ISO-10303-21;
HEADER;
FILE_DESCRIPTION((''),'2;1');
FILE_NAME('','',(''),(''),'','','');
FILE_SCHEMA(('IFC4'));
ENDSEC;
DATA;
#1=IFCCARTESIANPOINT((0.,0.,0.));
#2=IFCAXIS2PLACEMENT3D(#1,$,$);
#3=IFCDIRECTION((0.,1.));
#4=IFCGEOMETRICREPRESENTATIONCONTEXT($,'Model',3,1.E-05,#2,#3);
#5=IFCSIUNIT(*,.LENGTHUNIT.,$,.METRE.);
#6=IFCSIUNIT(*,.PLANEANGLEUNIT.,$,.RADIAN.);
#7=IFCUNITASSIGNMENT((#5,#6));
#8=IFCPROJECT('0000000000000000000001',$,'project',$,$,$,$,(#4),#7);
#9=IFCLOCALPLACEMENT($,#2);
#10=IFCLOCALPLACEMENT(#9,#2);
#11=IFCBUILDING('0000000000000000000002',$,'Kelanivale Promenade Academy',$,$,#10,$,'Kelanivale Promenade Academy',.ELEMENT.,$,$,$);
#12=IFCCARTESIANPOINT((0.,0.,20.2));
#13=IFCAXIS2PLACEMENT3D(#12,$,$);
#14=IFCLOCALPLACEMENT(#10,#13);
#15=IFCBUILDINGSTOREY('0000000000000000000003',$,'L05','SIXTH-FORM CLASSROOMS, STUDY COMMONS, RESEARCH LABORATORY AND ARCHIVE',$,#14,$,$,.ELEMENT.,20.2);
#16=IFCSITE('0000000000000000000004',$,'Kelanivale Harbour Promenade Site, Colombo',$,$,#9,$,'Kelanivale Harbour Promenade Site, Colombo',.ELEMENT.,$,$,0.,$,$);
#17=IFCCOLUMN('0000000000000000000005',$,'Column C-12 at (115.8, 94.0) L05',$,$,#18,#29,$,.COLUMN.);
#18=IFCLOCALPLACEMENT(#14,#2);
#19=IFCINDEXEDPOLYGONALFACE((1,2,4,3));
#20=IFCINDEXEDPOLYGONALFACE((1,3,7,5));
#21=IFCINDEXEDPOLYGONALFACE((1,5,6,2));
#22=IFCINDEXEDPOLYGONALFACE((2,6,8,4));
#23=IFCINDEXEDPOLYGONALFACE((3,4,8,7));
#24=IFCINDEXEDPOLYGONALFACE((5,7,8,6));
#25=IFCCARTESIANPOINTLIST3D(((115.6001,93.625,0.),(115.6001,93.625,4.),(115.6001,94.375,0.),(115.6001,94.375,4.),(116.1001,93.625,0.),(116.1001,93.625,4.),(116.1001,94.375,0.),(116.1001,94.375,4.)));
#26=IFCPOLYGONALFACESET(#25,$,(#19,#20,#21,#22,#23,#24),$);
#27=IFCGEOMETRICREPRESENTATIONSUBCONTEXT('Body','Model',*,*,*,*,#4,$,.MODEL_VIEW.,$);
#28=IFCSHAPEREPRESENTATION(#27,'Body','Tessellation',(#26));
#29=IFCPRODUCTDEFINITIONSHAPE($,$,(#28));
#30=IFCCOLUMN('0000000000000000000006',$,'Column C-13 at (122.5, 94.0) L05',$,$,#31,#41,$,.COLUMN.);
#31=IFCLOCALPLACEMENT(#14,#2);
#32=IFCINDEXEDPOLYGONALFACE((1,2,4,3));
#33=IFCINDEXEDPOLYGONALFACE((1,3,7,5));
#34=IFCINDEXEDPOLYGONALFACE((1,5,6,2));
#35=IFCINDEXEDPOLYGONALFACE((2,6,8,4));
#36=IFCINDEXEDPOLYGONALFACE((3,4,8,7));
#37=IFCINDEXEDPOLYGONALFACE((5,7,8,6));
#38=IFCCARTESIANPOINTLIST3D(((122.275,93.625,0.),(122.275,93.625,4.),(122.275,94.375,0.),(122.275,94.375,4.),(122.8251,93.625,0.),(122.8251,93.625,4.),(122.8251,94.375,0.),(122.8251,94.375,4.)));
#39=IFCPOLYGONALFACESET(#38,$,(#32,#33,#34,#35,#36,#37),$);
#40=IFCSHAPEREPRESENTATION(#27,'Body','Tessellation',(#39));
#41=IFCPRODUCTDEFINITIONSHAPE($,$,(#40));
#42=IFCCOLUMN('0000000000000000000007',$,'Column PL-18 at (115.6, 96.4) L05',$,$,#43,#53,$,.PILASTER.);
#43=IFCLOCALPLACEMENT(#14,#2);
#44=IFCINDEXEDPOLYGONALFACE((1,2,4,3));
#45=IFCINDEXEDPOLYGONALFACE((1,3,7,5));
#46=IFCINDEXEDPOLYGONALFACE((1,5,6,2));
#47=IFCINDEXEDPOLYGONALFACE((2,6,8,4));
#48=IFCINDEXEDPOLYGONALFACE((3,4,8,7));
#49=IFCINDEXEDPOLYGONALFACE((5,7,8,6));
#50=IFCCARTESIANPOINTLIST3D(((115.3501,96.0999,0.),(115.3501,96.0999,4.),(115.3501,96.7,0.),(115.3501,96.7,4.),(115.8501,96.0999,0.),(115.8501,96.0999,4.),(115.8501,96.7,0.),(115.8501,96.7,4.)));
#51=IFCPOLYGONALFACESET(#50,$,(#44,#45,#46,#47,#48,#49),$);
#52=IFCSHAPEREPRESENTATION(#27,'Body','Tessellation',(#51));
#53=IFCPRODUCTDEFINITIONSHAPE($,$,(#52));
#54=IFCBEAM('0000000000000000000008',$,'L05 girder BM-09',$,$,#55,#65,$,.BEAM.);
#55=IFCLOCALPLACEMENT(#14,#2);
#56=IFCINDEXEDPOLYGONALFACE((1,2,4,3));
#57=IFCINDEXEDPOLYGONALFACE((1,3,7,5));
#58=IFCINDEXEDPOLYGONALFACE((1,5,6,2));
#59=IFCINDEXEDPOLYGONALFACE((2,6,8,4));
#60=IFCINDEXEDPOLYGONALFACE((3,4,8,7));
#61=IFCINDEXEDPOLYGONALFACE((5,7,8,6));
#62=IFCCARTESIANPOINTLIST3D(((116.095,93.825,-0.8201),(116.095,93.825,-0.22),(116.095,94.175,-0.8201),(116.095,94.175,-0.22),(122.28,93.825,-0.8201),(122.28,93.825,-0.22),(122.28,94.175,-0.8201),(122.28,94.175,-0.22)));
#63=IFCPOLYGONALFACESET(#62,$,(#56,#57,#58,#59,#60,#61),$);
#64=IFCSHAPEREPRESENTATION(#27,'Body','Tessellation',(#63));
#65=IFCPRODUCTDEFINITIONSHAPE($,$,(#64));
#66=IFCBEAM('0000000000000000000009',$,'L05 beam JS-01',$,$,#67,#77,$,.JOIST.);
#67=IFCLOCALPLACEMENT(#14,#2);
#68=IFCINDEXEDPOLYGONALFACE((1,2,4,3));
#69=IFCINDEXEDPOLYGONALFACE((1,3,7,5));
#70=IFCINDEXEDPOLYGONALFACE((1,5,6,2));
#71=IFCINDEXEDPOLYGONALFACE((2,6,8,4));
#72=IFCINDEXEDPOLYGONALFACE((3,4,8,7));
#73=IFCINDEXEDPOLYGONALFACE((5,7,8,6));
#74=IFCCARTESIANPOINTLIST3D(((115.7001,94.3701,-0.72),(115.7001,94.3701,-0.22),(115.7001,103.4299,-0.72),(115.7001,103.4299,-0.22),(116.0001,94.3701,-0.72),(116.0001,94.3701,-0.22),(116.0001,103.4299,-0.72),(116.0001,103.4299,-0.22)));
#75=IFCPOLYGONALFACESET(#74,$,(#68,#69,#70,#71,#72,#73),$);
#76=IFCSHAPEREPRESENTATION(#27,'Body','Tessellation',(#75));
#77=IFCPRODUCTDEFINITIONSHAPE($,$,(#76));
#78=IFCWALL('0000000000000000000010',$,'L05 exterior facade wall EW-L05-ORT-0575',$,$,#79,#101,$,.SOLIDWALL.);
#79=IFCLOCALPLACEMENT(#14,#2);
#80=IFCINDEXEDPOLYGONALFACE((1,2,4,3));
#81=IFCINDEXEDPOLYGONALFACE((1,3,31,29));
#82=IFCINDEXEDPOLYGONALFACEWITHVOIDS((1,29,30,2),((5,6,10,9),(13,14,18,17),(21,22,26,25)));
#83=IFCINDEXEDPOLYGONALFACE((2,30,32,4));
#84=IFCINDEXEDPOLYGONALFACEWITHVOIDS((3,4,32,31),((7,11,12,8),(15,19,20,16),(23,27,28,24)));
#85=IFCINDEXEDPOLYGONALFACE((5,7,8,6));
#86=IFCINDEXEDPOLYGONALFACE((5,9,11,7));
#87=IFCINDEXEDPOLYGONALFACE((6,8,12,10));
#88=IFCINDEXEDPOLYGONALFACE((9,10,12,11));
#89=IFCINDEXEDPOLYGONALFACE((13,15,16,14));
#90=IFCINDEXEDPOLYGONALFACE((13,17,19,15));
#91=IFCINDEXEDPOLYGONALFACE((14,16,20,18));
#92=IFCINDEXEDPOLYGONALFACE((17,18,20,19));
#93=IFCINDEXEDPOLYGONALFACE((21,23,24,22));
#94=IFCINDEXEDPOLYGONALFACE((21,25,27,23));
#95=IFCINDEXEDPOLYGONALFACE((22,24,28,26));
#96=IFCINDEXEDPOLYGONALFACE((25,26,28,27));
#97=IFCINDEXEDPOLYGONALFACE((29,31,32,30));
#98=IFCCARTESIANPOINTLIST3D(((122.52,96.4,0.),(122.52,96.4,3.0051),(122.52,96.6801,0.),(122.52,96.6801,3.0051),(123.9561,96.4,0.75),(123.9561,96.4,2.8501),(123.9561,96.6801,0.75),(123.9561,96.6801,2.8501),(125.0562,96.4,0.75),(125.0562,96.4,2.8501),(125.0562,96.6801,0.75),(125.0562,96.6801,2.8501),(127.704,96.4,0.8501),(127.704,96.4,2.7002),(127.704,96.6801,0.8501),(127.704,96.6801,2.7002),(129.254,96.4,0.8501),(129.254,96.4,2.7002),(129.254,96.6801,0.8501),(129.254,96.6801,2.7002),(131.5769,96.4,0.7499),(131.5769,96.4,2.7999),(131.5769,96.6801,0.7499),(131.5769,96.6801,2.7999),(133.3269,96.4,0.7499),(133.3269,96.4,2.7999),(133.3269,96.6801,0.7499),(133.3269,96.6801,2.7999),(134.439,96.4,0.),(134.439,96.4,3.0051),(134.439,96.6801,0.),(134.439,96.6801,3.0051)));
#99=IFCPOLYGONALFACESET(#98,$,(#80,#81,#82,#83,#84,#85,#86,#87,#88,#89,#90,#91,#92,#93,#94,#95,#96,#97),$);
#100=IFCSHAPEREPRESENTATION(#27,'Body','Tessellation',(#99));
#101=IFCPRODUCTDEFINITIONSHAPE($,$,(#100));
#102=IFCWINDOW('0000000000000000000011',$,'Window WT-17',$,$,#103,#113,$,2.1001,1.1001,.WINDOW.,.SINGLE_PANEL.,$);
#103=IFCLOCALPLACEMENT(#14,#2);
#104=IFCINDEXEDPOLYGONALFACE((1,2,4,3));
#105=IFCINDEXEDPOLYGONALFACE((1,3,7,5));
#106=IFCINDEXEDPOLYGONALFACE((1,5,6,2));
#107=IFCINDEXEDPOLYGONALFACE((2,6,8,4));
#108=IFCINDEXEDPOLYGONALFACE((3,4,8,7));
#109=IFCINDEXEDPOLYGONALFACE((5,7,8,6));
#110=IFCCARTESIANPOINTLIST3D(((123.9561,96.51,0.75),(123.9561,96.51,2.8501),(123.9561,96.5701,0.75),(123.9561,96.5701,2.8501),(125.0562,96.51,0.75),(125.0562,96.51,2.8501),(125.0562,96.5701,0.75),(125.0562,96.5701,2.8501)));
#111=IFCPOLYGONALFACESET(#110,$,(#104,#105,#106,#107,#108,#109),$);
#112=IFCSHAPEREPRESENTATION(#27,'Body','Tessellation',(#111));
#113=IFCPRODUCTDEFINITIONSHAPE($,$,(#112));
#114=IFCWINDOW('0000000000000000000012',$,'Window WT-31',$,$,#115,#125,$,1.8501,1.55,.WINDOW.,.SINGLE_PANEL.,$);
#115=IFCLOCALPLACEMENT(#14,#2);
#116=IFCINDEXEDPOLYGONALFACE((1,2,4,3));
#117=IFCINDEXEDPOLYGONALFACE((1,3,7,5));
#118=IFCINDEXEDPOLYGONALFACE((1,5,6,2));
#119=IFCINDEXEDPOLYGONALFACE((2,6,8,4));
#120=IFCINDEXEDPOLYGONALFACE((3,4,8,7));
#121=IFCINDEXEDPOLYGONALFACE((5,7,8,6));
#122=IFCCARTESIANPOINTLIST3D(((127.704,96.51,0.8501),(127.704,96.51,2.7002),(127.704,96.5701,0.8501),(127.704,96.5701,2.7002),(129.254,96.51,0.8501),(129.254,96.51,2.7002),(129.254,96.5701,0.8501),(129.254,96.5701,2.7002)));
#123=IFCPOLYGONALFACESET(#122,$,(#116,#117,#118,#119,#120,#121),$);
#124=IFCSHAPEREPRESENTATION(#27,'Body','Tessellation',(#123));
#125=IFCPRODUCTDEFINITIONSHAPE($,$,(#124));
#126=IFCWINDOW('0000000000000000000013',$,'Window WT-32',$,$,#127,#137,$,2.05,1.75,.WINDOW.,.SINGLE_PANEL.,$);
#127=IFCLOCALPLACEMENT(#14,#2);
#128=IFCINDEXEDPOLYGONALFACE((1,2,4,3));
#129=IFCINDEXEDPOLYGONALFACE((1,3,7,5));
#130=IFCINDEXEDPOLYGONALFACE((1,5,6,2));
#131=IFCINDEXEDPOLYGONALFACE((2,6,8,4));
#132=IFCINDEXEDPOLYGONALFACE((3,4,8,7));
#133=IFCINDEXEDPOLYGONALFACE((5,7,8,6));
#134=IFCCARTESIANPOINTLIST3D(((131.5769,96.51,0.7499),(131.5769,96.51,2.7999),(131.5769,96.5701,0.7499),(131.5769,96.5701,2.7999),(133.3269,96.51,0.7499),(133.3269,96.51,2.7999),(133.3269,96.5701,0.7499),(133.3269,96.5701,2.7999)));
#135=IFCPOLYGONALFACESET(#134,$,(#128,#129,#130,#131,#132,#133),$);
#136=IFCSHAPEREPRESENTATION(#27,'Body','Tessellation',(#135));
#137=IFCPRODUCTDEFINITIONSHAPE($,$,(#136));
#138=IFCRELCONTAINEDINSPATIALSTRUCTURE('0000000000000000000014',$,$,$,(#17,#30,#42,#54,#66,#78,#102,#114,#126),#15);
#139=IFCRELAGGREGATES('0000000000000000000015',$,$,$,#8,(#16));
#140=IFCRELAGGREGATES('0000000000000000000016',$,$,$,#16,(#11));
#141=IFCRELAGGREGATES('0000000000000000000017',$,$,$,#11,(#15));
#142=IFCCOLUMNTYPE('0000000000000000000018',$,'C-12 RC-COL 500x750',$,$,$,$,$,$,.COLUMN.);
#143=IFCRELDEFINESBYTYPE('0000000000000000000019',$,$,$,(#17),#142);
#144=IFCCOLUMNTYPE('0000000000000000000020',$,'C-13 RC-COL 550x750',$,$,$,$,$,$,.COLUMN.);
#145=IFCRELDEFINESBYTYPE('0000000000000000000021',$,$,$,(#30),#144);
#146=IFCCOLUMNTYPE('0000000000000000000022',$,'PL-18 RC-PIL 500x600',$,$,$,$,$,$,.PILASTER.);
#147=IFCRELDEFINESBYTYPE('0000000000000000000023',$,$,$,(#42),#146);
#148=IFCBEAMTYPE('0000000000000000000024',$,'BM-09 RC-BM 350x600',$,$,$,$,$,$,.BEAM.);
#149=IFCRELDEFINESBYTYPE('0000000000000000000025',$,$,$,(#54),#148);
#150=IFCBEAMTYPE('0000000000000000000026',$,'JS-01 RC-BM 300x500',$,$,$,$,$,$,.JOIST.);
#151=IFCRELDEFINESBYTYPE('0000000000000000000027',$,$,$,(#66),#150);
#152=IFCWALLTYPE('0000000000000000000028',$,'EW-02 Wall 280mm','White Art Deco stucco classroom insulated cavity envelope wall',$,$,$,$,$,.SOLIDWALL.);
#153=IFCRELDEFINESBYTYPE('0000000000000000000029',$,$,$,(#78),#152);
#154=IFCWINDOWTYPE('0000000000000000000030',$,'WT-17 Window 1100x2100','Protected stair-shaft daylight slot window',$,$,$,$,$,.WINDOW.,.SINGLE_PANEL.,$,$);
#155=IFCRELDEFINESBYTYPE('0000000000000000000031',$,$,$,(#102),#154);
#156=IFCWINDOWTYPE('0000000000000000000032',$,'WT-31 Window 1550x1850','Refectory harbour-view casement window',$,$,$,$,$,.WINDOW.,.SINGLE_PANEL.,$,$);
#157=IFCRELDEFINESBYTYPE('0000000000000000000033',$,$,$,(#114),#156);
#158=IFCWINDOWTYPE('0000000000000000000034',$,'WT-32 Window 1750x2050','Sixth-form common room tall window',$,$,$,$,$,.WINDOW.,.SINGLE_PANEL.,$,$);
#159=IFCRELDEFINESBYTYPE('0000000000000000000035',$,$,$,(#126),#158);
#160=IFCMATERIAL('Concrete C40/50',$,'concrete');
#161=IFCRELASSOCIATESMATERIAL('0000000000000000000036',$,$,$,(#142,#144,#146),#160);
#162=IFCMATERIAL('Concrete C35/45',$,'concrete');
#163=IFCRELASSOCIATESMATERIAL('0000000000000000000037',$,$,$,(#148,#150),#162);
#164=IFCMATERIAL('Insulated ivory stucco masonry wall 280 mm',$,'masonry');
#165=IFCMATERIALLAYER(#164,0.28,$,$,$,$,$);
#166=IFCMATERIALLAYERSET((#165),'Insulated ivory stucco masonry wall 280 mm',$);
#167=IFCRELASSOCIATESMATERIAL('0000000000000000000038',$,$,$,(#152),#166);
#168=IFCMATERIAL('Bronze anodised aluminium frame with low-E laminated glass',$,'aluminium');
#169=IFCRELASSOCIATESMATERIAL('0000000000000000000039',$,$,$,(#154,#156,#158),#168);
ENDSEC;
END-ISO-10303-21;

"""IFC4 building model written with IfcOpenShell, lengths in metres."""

from ifc_helpers import new_model, si_unit, direction, frame, frame_2d, origin, origin_2d, place, context, subcontext, project, spatial, rectangle, extrude, material, layer, layer_set, material_profile, profile_set, type_object, element, fill, save


model = new_model("IFC4")

# Units and contexts
model_context = context("Model", 3, precision=1e-05, world=origin(), true_north=direction((0.0, 1.0)))
body_context = subcontext(model_context, "Body", "Model", "MODEL_VIEW")
ifc_project = project(units=[si_unit("LENGTHUNIT", "METRE"), si_unit("PLANEANGLEUNIT", "RADIAN")], contexts=[model_context])

# Site, building, storey
site_placement = place(None, origin())
site = spatial("IfcSite", under=ifc_project, at=site_placement, Name="Kelanivale Harbour Promenade Site, Colombo", LongName="Kelanivale Harbour Promenade Site, Colombo", CompositionType="ELEMENT", RefElevation=0.0)
building_placement = place(site_placement, origin())
building = spatial("IfcBuilding", under=site, at=building_placement, Name="Kelanivale Promenade Academy", LongName="Kelanivale Promenade Academy", CompositionType="ELEMENT")
storey_placement = place(building_placement, frame((0.0, 0.0, 20.2)))
storey = spatial("IfcBuildingStorey", under=building, at=storey_placement, Name="L05", Description="SIXTH-FORM CLASSROOMS, STUDY COMMONS, RESEARCH LABORATORY AND ARCHIVE", CompositionType="ELEMENT", Elevation=20.2)

# Columns
ifc_material_1 = material(Name="Concrete C40/50", Category="concrete")
ifc_material_profile_1 = material_profile(ifc_material_1, rectangle(XDim=0.5, YDim=0.75, at=origin_2d()), Name="RC-COL 500x750")
ifc_profile_set_1 = profile_set([ifc_material_profile_1], Name="Concrete C40/50")
column_type_1 = type_object("IfcColumnType", Name="C-12 RC-COL 500x750", PredefinedType="COLUMN", material=ifc_profile_set_1)
column_1_placement = place(storey_placement, frame((115.8501, 94.0, 0.0), z_axis=(0.0, 0.0, 1.0), x_axis=(1.0, 0.0, 0.0)))
element("IfcColumn", 1, at=column_1_placement, inside=storey, type_object=column_type_1, Name="Column C-12 at (115.8, 94.0) L05", PredefinedType="COLUMN", context=body_context, shape_type="SweptSolid", body=[
    extrude(rectangle(XDim=0.5, YDim=0.75, at=origin_2d()), origin(), (0.0, 0.0, 1.0), 4.0),
])
ifc_material_profile_2 = material_profile(ifc_material_1, rectangle(XDim=0.55, YDim=0.75, at=origin_2d()), Name="RC-COL 550x750")
ifc_profile_set_2 = profile_set([ifc_material_profile_2], Name="Concrete C40/50")
column_type_2 = type_object("IfcColumnType", Name="C-13 RC-COL 550x750", PredefinedType="COLUMN", material=ifc_profile_set_2)
column_2_placement = place(storey_placement, frame((122.55, 94.0, 0.0), z_axis=(0.0, 0.0, 1.0), x_axis=(1.0, 0.0, 0.0)))
element("IfcColumn", 2, at=column_2_placement, inside=storey, type_object=column_type_2, Name="Column C-13 at (122.5, 94.0) L05", PredefinedType="COLUMN", context=body_context, shape_type="SweptSolid", body=[
    extrude(rectangle(XDim=0.55, YDim=0.75, at=origin_2d()), origin(), (0.0, 0.0, 1.0), 4.0),
])
ifc_material_profile_3 = material_profile(ifc_material_1, rectangle(XDim=0.5, YDim=0.6001, at=origin_2d()), Name="RC-PIL 500x600")
ifc_profile_set_3 = profile_set([ifc_material_profile_3], Name="Concrete C40/50")
column_type_3 = type_object("IfcColumnType", Name="PL-18 RC-PIL 500x600", PredefinedType="PILASTER", material=ifc_profile_set_3)
column_3_placement = place(storey_placement, frame((115.6001, 96.3999, 0.0), z_axis=(0.0, 0.0, 1.0), x_axis=(1.0, 0.0, 0.0)))
element("IfcColumn", 3, at=column_3_placement, inside=storey, type_object=column_type_3, Name="Column PL-18 at (115.6, 96.4) L05", PredefinedType="PILASTER", context=body_context, shape_type="SweptSolid", body=[
    extrude(rectangle(XDim=0.5, YDim=0.6001, at=origin_2d()), origin(), (0.0, 0.0, 1.0), 4.0),
])

# Beams
ifc_material_2 = material(Name="Concrete C35/45", Category="concrete")
ifc_material_profile_4 = material_profile(ifc_material_2, rectangle(XDim=0.3501, YDim=0.6001, at=origin_2d()), Name="RC-BM 350x600")
ifc_profile_set_4 = profile_set([ifc_material_profile_4], Name="Concrete C35/45")
beam_type_1 = type_object("IfcBeamType", Name="BM-09 RC-BM 350x600", PredefinedType="BEAM", material=ifc_profile_set_4)
beam_1_placement = place(storey_placement, frame((116.095, 94.0, -0.52), z_axis=(1.0, 0.0, 0.0), x_axis=(0.0, 1.0, 0.0)))
element("IfcBeam", 4, at=beam_1_placement, inside=storey, type_object=beam_type_1, Name="L05 girder BM-09", PredefinedType="BEAM", context=body_context, shape_type="SweptSolid", body=[
    extrude(rectangle(XDim=0.3501, YDim=0.6001, at=origin_2d()), origin(), (0.0, 0.0, 1.0), 6.1851),
])
ifc_material_profile_5 = material_profile(ifc_material_2, rectangle(XDim=0.3, YDim=0.5, at=origin_2d()), Name="RC-BM 300x500")
ifc_profile_set_5 = profile_set([ifc_material_profile_5], Name="Concrete C35/45")
beam_type_2 = type_object("IfcBeamType", Name="JS-01 RC-BM 300x500", PredefinedType="JOIST", material=ifc_profile_set_5)
beam_2_placement = place(storey_placement, frame((115.8501, 94.3701, -0.47), z_axis=(0.0, 1.0, 0.0), x_axis=(-1.0, 0.0, 0.0)))
element("IfcBeam", 5, at=beam_2_placement, inside=storey, type_object=beam_type_2, Name="L05 beam JS-01", PredefinedType="JOIST", context=body_context, shape_type="SweptSolid", body=[
    extrude(rectangle(XDim=0.3, YDim=0.5, at=origin_2d()), origin(), (0.0, 0.0, 1.0), 9.0598),
])

# Wall, openings, windows
ifc_material_3 = material(Name="Insulated ivory stucco masonry wall 280 mm", Category="masonry")
ifc_layer_1 = layer(ifc_material_3, 0.28)
ifc_layer_set_1 = layer_set([ifc_layer_1], Name="Insulated ivory stucco masonry wall 280 mm")
wall_type_1 = type_object("IfcWallType", Name="EW-02 Wall 280mm", Description="White Art Deco stucco classroom insulated cavity envelope wall", PredefinedType="SOLIDWALL", material=ifc_layer_set_1)
wall_1_placement = place(storey_placement, frame((122.52, 96.54, 0.0), z_axis=(0.0, 0.0, 1.0), x_axis=(1.0, 0.0, 0.0)))
wall_1 = element("IfcWall", 6, at=wall_1_placement, inside=storey, type_object=wall_type_1, Name="L05 exterior facade wall EW-L05-ORT-0575", PredefinedType="SOLIDWALL", context=body_context, shape_type="SweptSolid", body=[
    extrude(rectangle(XDim=11.9189, YDim=0.28, at=frame_2d((5.9595, 0.0))), origin(), (0.0, 0.0, 1.0), 3.0051),
])
opening_1_placement = place(wall_1_placement, frame((1.436, 0.0, 0.75)))
opening_1 = element("IfcOpeningElement", 7, at=opening_1_placement, cuts=wall_1, PredefinedType="OPENING", context=body_context, shape_type="SweptSolid", body=[
    extrude(rectangle(XDim=1.1001, YDim=2.1001, at=frame_2d((0.55, 1.05))), frame((0.0, 0.1499, 0.0), z_axis=(0.0, -1.0, 0.0), x_axis=(1.0, 0.0, 0.0)), (0.0, 0.0, 1.0), 0.3),
])
opening_2_placement = place(wall_1_placement, frame((5.1841, 0.0, 0.8501)))
opening_2 = element("IfcOpeningElement", 8, at=opening_2_placement, cuts=wall_1, PredefinedType="OPENING", context=body_context, shape_type="SweptSolid", body=[
    extrude(rectangle(XDim=1.55, YDim=1.8501, at=frame_2d((0.7749, 0.925))), frame((0.0, 0.1499, 0.0), z_axis=(0.0, -1.0, 0.0), x_axis=(1.0, 0.0, 0.0)), (0.0, 0.0, 1.0), 0.3),
])
opening_3_placement = place(wall_1_placement, frame((9.0569, 0.0, 0.75)))
opening_3 = element("IfcOpeningElement", 9, at=opening_3_placement, cuts=wall_1, PredefinedType="OPENING", context=body_context, shape_type="SweptSolid", body=[
    extrude(rectangle(XDim=1.75, YDim=2.05, at=frame_2d((0.875, 1.0249))), frame((0.0, 0.1499, 0.0), z_axis=(0.0, -1.0, 0.0), x_axis=(1.0, 0.0, 0.0)), (0.0, 0.0, 1.0), 0.3),
])
ifc_material_4 = material(Name="Bronze anodised aluminium frame with low-E laminated glass", Category="aluminium")
window_type_1 = type_object("IfcWindowType", Name="WT-17 Window 1100x2100", Description="Protected stair-shaft daylight slot window", PartitioningType="SINGLE_PANEL", PredefinedType="WINDOW", material=ifc_material_4)
window_1_placement = place(opening_1_placement, origin())
window_1 = element("IfcWindow", 10, at=window_1_placement, inside=storey, type_object=window_type_1, Name="Window WT-17", OverallHeight=2.1001, OverallWidth=1.1001, PartitioningType="SINGLE_PANEL", PredefinedType="WINDOW", context=body_context, shape_type="SweptSolid", body=[
    extrude(rectangle(XDim=1.1001, YDim=2.1001, at=frame_2d((0.55, 1.05))), frame((0.0, 0.03, 0.0), z_axis=(0.0, -1.0, 0.0), x_axis=(1.0, 0.0, 0.0)), (0.0, 0.0, 1.0), 0.0601),
])
fill(opening_1, window_1)
window_type_2 = type_object("IfcWindowType", Name="WT-31 Window 1550x1850", Description="Refectory harbour-view casement window", PartitioningType="SINGLE_PANEL", PredefinedType="WINDOW", material=ifc_material_4)
window_2_placement = place(opening_2_placement, origin())
window_2 = element("IfcWindow", 11, at=window_2_placement, inside=storey, type_object=window_type_2, Name="Window WT-31", OverallHeight=1.8501, OverallWidth=1.55, PartitioningType="SINGLE_PANEL", PredefinedType="WINDOW", context=body_context, shape_type="SweptSolid", body=[
    extrude(rectangle(XDim=1.55, YDim=1.8501, at=frame_2d((0.7749, 0.925))), frame((0.0, 0.03, 0.0), z_axis=(0.0, -1.0, 0.0), x_axis=(1.0, 0.0, 0.0)), (0.0, 0.0, 1.0), 0.0601),
])
fill(opening_2, window_2)
window_type_3 = type_object("IfcWindowType", Name="WT-32 Window 1750x2050", Description="Sixth-form common room tall window", PartitioningType="SINGLE_PANEL", PredefinedType="WINDOW", material=ifc_material_4)
window_3_placement = place(opening_3_placement, origin())
window_3 = element("IfcWindow", 12, at=window_3_placement, inside=storey, type_object=window_type_3, Name="Window WT-32", OverallHeight=2.05, OverallWidth=1.75, PartitioningType="SINGLE_PANEL", PredefinedType="WINDOW", context=body_context, shape_type="SweptSolid", body=[
    extrude(rectangle(XDim=1.75, YDim=2.05, at=frame_2d((0.875, 1.0249))), frame((0.0, 0.03, 0.0), z_axis=(0.0, -1.0, 0.0), x_axis=(1.0, 0.0, 0.0)), (0.0, 0.0, 1.0), 0.0601),
])
fill(opening_3, window_3)

save(model, "model.ifc")
